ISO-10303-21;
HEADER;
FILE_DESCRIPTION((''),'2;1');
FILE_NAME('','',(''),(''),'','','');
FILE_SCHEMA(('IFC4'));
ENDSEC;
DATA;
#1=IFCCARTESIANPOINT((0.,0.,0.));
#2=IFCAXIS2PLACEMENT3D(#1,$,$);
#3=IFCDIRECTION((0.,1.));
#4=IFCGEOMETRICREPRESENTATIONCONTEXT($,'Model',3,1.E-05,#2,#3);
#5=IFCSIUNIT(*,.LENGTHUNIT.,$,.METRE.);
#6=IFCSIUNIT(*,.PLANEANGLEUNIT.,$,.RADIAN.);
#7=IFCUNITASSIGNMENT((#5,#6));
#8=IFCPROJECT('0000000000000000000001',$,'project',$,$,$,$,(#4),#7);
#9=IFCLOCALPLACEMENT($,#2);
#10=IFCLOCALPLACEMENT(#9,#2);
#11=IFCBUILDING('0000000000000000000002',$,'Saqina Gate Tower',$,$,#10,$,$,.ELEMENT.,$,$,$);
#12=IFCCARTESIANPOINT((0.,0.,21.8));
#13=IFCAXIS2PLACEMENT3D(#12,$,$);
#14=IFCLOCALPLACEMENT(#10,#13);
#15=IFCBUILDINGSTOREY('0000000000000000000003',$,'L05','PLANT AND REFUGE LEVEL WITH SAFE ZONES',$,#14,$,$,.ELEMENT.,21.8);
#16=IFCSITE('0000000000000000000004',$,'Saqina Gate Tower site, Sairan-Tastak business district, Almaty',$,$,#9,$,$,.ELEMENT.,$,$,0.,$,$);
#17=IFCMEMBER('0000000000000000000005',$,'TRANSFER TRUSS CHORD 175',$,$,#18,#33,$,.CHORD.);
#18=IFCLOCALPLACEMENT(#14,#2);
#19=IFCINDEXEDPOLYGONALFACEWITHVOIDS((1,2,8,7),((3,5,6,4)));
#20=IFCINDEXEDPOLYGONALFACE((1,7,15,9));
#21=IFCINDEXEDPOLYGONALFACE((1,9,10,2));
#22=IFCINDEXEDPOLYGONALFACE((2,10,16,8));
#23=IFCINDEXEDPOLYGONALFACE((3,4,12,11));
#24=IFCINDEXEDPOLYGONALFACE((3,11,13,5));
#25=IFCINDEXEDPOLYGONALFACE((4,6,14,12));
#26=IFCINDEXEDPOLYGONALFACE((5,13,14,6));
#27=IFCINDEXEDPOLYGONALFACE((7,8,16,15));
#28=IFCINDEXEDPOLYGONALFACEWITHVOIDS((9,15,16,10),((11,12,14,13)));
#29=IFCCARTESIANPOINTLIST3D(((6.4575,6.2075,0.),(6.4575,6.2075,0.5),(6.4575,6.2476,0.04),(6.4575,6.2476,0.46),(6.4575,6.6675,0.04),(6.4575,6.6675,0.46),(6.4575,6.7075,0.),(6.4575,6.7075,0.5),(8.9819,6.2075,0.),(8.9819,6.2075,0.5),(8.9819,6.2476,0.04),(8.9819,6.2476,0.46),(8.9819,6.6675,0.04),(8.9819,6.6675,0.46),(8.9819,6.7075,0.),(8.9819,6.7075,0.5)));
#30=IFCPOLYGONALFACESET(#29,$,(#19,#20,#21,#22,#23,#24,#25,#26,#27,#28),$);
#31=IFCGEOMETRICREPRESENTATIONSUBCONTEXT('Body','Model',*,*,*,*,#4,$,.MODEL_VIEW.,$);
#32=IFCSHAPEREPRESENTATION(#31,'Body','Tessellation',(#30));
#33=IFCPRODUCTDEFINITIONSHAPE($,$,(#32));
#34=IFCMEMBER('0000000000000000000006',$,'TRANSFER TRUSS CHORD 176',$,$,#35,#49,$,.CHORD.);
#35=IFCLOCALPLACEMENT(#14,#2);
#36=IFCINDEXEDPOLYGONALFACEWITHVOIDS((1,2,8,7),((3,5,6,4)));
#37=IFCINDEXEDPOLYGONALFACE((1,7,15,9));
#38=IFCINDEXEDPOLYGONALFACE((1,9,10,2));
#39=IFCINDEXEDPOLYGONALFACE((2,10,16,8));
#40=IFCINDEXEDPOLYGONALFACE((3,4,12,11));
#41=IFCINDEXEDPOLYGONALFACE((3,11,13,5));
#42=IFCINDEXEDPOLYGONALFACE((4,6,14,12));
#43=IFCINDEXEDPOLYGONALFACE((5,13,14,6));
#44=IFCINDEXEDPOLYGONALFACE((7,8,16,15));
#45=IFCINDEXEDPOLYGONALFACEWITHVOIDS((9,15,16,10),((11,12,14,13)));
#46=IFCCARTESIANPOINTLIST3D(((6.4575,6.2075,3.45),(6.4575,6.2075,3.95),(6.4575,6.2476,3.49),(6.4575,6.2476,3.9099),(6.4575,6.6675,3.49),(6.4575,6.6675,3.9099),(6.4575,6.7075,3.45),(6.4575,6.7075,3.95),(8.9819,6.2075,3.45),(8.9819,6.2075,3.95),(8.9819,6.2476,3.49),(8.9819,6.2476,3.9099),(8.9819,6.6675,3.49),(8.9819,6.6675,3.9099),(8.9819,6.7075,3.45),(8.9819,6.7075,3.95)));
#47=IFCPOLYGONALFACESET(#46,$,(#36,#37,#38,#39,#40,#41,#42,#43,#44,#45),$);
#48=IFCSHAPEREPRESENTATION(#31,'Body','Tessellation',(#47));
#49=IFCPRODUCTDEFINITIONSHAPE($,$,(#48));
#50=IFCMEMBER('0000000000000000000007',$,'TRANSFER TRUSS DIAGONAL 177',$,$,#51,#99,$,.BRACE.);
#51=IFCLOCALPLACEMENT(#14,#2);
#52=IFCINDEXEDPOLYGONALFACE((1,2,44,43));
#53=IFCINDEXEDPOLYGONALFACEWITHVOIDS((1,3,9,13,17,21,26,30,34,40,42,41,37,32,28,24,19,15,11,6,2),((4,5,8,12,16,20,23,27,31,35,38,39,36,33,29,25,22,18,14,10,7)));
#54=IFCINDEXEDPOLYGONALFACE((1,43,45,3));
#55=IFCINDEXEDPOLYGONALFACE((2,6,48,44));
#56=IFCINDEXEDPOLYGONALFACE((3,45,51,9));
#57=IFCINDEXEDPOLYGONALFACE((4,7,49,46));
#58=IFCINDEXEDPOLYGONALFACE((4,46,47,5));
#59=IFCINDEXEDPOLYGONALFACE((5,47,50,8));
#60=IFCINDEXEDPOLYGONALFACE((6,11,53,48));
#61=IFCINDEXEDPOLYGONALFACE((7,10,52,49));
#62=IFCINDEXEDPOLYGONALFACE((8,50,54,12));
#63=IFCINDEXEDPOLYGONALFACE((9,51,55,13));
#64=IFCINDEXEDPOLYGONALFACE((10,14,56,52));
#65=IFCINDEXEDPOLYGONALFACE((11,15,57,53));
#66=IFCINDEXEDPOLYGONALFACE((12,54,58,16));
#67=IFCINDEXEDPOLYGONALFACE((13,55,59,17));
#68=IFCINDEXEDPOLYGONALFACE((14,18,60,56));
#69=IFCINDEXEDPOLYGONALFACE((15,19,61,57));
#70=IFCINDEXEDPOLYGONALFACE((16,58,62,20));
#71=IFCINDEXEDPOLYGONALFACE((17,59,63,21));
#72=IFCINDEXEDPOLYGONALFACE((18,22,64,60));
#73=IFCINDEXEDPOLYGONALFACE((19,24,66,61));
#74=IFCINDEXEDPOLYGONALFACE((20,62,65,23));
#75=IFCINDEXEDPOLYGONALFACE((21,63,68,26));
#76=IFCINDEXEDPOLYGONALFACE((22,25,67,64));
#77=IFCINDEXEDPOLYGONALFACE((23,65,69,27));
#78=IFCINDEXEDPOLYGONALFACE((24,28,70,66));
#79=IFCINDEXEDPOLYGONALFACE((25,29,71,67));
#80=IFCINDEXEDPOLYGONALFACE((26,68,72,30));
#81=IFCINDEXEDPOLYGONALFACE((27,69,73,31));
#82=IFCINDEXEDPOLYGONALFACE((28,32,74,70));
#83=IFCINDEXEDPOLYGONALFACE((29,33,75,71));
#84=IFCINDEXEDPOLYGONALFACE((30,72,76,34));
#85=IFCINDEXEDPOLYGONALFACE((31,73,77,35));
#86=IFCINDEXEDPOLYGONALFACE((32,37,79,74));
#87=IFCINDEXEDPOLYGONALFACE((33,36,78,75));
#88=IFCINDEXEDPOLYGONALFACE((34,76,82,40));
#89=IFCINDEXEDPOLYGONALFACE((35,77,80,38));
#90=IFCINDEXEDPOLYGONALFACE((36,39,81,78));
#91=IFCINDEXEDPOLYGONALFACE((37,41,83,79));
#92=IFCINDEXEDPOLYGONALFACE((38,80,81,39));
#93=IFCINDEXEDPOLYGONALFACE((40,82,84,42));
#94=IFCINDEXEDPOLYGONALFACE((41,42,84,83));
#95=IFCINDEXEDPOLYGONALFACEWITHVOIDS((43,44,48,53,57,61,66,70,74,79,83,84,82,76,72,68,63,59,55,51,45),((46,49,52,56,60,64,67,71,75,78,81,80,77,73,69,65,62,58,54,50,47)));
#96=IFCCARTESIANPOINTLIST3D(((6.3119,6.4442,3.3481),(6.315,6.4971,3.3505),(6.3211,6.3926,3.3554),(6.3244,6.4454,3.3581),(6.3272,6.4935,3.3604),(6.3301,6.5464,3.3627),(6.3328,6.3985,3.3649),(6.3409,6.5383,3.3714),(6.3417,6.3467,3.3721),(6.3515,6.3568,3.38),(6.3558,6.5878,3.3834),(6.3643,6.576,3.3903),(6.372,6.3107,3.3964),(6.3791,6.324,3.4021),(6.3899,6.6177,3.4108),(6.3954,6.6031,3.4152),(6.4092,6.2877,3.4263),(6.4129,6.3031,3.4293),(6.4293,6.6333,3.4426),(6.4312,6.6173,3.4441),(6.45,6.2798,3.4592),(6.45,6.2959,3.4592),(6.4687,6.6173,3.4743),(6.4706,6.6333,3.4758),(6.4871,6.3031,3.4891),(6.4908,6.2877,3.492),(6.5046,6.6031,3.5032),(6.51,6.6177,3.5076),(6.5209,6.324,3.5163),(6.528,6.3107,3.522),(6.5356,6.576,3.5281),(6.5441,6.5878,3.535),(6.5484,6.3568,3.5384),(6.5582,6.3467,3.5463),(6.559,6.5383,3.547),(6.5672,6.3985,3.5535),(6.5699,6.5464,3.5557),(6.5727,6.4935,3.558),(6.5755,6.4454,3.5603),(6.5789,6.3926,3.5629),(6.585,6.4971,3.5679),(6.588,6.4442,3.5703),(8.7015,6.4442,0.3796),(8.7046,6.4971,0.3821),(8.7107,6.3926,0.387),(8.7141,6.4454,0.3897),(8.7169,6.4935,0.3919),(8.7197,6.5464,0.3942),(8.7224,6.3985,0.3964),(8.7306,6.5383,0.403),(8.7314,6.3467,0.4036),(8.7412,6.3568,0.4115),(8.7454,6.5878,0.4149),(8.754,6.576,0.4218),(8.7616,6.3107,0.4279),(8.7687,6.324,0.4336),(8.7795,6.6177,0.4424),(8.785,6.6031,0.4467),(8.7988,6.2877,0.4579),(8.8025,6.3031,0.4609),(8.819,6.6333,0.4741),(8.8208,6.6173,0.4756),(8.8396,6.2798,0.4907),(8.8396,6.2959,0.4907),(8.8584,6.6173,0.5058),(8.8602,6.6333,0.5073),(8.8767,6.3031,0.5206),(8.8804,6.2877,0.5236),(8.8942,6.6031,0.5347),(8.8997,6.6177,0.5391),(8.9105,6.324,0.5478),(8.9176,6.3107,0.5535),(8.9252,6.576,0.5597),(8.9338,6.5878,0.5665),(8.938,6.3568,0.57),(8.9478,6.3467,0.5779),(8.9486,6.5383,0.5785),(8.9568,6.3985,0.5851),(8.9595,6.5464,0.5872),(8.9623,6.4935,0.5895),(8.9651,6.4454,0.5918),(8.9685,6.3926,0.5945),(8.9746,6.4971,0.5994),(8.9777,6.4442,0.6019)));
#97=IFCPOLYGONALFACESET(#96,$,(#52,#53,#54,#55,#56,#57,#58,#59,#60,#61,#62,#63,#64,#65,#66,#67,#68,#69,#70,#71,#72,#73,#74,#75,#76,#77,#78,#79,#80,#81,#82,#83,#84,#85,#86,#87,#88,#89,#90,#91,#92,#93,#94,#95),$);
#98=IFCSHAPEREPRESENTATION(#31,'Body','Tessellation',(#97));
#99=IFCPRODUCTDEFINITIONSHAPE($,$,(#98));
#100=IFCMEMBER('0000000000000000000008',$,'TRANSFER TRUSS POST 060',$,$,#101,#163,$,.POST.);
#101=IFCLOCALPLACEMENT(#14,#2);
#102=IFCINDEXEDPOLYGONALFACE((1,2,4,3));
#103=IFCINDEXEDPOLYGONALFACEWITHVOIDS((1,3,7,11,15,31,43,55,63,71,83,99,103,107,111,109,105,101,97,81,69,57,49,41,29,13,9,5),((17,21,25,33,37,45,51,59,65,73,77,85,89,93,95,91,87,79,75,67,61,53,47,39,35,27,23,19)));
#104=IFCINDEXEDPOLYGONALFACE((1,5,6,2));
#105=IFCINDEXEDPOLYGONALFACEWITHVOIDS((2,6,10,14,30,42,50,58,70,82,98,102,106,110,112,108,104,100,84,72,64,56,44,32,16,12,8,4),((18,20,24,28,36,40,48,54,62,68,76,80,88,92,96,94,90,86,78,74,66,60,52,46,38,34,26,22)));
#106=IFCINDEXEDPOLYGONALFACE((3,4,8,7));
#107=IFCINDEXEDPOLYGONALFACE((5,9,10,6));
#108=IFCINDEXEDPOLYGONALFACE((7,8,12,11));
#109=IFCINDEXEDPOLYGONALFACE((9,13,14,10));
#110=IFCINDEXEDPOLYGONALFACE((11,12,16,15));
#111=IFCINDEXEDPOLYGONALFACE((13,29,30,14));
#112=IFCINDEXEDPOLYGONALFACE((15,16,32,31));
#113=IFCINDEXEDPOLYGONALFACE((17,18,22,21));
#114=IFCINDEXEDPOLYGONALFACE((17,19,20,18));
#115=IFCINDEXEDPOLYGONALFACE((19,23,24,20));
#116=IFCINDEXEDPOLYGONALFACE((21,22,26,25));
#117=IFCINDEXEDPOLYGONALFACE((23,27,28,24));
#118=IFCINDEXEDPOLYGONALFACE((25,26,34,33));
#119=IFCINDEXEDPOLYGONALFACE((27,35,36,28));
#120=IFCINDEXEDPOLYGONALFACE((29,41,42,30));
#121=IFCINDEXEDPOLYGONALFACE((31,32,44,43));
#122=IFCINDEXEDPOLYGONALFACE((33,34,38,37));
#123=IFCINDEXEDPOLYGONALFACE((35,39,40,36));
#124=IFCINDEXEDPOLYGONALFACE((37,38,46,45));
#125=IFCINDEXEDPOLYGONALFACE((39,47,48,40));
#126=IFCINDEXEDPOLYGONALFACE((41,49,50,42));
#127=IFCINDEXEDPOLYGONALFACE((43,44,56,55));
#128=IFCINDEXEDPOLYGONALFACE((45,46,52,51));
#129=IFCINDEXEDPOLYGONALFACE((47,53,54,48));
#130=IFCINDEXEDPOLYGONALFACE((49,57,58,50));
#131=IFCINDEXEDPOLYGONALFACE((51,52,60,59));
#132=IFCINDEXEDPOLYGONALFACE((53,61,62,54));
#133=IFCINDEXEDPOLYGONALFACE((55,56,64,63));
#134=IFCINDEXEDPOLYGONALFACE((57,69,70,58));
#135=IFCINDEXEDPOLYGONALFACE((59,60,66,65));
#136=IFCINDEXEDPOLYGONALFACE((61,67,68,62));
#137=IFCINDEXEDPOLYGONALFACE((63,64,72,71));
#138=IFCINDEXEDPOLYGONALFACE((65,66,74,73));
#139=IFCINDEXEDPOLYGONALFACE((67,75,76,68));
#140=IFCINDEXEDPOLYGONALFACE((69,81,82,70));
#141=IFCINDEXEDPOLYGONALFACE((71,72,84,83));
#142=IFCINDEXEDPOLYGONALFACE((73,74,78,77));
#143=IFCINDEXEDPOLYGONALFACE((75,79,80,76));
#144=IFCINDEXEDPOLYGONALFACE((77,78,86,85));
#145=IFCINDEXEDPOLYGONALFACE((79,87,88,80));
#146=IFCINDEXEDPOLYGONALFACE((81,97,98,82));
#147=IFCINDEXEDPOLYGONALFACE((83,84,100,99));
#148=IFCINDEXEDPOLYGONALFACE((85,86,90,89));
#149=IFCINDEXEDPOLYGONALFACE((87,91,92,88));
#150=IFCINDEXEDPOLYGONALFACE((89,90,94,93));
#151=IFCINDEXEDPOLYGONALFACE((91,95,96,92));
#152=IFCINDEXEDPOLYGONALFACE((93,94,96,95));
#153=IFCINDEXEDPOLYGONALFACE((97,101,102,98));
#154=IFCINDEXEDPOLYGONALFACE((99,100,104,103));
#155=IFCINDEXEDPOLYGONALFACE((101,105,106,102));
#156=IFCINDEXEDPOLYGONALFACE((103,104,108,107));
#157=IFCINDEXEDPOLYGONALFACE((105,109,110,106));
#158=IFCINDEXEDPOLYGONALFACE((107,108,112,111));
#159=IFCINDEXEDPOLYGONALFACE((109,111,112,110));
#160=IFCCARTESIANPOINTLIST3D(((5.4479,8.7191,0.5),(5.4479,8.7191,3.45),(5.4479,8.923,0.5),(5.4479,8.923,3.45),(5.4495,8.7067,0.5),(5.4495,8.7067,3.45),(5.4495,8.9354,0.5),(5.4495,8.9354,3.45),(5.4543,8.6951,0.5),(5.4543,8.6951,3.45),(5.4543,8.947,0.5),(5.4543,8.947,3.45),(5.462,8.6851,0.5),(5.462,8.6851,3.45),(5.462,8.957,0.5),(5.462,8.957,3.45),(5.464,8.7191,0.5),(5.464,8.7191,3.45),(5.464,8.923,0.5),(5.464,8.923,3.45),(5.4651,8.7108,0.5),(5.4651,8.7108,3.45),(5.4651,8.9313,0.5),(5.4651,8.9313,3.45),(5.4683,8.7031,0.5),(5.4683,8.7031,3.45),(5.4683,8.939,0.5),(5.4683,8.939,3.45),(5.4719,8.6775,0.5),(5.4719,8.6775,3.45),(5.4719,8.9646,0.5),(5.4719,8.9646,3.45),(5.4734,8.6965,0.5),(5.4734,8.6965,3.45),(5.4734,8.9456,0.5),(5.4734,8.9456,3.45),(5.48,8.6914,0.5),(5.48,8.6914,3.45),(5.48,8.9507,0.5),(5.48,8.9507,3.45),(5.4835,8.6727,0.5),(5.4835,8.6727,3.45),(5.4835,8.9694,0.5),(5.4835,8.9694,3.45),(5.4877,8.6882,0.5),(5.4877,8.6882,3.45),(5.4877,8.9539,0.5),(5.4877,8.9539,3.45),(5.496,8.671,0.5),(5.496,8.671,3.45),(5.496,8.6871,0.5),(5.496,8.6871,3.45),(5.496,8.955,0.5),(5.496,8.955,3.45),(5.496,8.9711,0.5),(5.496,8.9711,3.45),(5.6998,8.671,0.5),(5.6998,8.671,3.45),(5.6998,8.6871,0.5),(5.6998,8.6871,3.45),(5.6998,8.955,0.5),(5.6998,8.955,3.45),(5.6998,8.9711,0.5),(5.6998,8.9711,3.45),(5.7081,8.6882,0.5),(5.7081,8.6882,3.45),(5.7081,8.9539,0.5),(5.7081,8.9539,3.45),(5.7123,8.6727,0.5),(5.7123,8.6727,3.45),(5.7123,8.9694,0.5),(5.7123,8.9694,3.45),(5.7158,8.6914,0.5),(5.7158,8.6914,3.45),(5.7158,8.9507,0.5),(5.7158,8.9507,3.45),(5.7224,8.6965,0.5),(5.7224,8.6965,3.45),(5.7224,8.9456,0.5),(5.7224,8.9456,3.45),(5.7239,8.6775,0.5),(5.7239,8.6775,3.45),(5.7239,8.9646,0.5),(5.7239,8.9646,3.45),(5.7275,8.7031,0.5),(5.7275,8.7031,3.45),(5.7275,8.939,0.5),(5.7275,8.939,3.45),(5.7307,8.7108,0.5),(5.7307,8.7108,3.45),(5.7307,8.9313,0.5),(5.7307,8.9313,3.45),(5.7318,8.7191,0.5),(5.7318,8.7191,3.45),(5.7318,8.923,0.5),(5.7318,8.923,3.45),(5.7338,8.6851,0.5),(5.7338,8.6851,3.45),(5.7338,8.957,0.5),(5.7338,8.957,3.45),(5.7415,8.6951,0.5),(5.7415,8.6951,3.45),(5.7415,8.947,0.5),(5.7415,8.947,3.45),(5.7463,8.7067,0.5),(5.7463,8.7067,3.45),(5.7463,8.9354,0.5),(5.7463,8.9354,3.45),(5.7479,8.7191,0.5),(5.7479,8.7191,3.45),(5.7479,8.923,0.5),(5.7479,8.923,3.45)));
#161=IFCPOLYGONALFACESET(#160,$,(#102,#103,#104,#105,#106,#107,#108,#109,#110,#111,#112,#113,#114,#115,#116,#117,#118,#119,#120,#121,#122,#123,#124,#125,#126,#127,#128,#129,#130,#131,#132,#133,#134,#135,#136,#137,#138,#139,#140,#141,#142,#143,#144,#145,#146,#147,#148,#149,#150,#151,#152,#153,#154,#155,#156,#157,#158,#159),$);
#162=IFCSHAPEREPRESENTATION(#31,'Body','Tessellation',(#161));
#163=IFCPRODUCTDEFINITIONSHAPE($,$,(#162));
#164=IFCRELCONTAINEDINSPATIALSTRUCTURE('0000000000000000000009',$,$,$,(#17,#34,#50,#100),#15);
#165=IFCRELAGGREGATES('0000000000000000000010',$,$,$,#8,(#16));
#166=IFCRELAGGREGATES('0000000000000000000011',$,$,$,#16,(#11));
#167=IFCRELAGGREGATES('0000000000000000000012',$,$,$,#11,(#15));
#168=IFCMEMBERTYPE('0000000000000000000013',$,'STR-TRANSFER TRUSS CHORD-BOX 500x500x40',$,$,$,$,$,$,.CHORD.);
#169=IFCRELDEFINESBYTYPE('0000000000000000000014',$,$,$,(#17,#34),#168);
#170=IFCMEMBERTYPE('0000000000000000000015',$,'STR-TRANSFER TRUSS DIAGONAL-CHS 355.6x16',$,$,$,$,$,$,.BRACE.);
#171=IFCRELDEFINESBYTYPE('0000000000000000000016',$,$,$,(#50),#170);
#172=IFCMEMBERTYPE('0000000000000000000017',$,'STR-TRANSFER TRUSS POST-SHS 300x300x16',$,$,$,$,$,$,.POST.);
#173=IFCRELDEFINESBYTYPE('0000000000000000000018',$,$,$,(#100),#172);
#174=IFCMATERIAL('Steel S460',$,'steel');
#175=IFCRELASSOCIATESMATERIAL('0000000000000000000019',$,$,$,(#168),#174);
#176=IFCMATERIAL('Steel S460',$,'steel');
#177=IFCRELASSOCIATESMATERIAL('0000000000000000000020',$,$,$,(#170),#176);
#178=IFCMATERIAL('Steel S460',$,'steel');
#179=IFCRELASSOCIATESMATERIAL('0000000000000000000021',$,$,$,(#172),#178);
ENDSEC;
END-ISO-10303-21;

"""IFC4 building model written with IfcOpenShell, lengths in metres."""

from ifc_helpers import new_model, si_unit, direction, frame, origin, origin_2d, place, context, subcontext, project, spatial, hollow_rectangle, hollow_circle, extrude, material, material_profile, profile_set, type_object, element, save


model = new_model("IFC4")

# Units and contexts
model_context = context("Model", 3, precision=1e-05, world=origin(), true_north=direction((0.0, 1.0)))
body_context = subcontext(model_context, "Body", "Model", "MODEL_VIEW")
ifc_project = project(units=[si_unit("LENGTHUNIT", "METRE"), si_unit("PLANEANGLEUNIT", "RADIAN")], contexts=[model_context])

# Site, building, storey
site_placement = place(None, origin())
site = spatial("IfcSite", under=ifc_project, at=site_placement, Name="Saqina Gate Tower site, Sairan-Tastak business district, Almaty", CompositionType="ELEMENT", RefElevation=0.0)
building_placement = place(site_placement, origin())
building = spatial("IfcBuilding", under=site, at=building_placement, Name="Saqina Gate Tower", CompositionType="ELEMENT")
storey_placement = place(building_placement, frame((0.0, 0.0, 21.8)))
storey = spatial("IfcBuildingStorey", under=building, at=storey_placement, Name="L05", Description="PLANT AND REFUGE LEVEL WITH SAFE ZONES", CompositionType="ELEMENT", Elevation=21.8)

# Members
ifc_material_1 = material(Name="Steel S460", Category="steel")
ifc_material_profile_1 = material_profile(ifc_material_1, hollow_rectangle(XDim=0.5, YDim=0.5, WallThickness=0.04, at=origin_2d()), Name="BOX 500x500x40")
ifc_profile_set_1 = profile_set([ifc_material_profile_1], Name="Steel S460")
member_type_1 = type_object("IfcMemberType", Name="STR-TRANSFER TRUSS CHORD-BOX 500x500x40", PredefinedType="CHORD", material=ifc_profile_set_1)
for number, where, z_axis, x_axis, name in (
    (1, (8.9819, 6.4575, 0.25), (-1.0, 0.0, 0.0), (0.0, -1.0, 0.0), "TRANSFER TRUSS CHORD 175"),
    (2, (8.9819, 6.4575, 3.7), (-1.0, 0.0, 0.0), (0.0, -1.0, 0.0), "TRANSFER TRUSS CHORD 176"),
):
    element("IfcMember", number, at=place(storey_placement, frame(where, z_axis=z_axis, x_axis=x_axis)), inside=storey, type_object=member_type_1, Name=name, PredefinedType="CHORD", context=body_context, shape_type="SweptSolid", body=[
        extrude(hollow_rectangle(XDim=0.5, YDim=0.5, WallThickness=0.04, at=origin_2d()), origin(), (0.0, 0.0, 1.0), 2.5244),
    ])
ifc_material_2 = material(Name="Steel S460", Category="steel")
ifc_material_profile_2 = material_profile(ifc_material_2, hollow_circle(Radius=0.1777, WallThickness=0.0161, at=origin_2d()), Name="CHS 355.6x16")
ifc_profile_set_2 = profile_set([ifc_material_profile_2], Name="Steel S460")
member_type_2 = type_object("IfcMemberType", Name="STR-TRANSFER TRUSS DIAGONAL-CHS 355.6x16", PredefinedType="BRACE", material=ifc_profile_set_2)
member_placement = place(storey_placement, frame((8.8396, 6.4575, 0.4907), z_axis=(-0.627067, 0.0, 0.778965), x_axis=(0.0, -1.0, 0.0)))
element("IfcMember", 3, at=member_placement, inside=storey, type_object=member_type_2, Name="TRANSFER TRUSS DIAGONAL 177", PredefinedType="BRACE", context=body_context, shape_type="SweptSolid", body=[
    extrude(hollow_circle(Radius=0.1777, WallThickness=0.0161, at=origin_2d()), origin(), (0.0, 0.0, 1.0), 3.8108),
])
ifc_material_3 = material(Name="Steel S460", Category="steel")
ifc_material_profile_3 = material_profile(ifc_material_3, hollow_rectangle(XDim=0.3, YDim=0.3, WallThickness=0.0161, InnerFilletRadius=0.032, OuterFilletRadius=0.0481, at=origin_2d()), Name="SHS 300x300x16")
ifc_profile_set_3 = profile_set([ifc_material_profile_3], Name="Steel S460")
member_type_3 = type_object("IfcMemberType", Name="STR-TRANSFER TRUSS POST-SHS 300x300x16", PredefinedType="POST", material=ifc_profile_set_3)
for number, where, z_axis, x_axis, name in (
    (4, (5.5979, 8.821, 0.5), (0.0, 0.0, 1.0), (1.0, 0.0, 0.0), "TRANSFER TRUSS POST 060"),
):
    element("IfcMember", number, at=place(storey_placement, frame(where, z_axis=z_axis, x_axis=x_axis)), inside=storey, type_object=member_type_3, Name=name, PredefinedType="POST", context=body_context, shape_type="SweptSolid", body=[
        extrude(hollow_rectangle(XDim=0.3, YDim=0.3, WallThickness=0.0161, InnerFilletRadius=0.032, OuterFilletRadius=0.0481, at=origin_2d()), origin(), (0.0, 0.0, 1.0), 2.95),
    ])

save(model, "model.ifc")
